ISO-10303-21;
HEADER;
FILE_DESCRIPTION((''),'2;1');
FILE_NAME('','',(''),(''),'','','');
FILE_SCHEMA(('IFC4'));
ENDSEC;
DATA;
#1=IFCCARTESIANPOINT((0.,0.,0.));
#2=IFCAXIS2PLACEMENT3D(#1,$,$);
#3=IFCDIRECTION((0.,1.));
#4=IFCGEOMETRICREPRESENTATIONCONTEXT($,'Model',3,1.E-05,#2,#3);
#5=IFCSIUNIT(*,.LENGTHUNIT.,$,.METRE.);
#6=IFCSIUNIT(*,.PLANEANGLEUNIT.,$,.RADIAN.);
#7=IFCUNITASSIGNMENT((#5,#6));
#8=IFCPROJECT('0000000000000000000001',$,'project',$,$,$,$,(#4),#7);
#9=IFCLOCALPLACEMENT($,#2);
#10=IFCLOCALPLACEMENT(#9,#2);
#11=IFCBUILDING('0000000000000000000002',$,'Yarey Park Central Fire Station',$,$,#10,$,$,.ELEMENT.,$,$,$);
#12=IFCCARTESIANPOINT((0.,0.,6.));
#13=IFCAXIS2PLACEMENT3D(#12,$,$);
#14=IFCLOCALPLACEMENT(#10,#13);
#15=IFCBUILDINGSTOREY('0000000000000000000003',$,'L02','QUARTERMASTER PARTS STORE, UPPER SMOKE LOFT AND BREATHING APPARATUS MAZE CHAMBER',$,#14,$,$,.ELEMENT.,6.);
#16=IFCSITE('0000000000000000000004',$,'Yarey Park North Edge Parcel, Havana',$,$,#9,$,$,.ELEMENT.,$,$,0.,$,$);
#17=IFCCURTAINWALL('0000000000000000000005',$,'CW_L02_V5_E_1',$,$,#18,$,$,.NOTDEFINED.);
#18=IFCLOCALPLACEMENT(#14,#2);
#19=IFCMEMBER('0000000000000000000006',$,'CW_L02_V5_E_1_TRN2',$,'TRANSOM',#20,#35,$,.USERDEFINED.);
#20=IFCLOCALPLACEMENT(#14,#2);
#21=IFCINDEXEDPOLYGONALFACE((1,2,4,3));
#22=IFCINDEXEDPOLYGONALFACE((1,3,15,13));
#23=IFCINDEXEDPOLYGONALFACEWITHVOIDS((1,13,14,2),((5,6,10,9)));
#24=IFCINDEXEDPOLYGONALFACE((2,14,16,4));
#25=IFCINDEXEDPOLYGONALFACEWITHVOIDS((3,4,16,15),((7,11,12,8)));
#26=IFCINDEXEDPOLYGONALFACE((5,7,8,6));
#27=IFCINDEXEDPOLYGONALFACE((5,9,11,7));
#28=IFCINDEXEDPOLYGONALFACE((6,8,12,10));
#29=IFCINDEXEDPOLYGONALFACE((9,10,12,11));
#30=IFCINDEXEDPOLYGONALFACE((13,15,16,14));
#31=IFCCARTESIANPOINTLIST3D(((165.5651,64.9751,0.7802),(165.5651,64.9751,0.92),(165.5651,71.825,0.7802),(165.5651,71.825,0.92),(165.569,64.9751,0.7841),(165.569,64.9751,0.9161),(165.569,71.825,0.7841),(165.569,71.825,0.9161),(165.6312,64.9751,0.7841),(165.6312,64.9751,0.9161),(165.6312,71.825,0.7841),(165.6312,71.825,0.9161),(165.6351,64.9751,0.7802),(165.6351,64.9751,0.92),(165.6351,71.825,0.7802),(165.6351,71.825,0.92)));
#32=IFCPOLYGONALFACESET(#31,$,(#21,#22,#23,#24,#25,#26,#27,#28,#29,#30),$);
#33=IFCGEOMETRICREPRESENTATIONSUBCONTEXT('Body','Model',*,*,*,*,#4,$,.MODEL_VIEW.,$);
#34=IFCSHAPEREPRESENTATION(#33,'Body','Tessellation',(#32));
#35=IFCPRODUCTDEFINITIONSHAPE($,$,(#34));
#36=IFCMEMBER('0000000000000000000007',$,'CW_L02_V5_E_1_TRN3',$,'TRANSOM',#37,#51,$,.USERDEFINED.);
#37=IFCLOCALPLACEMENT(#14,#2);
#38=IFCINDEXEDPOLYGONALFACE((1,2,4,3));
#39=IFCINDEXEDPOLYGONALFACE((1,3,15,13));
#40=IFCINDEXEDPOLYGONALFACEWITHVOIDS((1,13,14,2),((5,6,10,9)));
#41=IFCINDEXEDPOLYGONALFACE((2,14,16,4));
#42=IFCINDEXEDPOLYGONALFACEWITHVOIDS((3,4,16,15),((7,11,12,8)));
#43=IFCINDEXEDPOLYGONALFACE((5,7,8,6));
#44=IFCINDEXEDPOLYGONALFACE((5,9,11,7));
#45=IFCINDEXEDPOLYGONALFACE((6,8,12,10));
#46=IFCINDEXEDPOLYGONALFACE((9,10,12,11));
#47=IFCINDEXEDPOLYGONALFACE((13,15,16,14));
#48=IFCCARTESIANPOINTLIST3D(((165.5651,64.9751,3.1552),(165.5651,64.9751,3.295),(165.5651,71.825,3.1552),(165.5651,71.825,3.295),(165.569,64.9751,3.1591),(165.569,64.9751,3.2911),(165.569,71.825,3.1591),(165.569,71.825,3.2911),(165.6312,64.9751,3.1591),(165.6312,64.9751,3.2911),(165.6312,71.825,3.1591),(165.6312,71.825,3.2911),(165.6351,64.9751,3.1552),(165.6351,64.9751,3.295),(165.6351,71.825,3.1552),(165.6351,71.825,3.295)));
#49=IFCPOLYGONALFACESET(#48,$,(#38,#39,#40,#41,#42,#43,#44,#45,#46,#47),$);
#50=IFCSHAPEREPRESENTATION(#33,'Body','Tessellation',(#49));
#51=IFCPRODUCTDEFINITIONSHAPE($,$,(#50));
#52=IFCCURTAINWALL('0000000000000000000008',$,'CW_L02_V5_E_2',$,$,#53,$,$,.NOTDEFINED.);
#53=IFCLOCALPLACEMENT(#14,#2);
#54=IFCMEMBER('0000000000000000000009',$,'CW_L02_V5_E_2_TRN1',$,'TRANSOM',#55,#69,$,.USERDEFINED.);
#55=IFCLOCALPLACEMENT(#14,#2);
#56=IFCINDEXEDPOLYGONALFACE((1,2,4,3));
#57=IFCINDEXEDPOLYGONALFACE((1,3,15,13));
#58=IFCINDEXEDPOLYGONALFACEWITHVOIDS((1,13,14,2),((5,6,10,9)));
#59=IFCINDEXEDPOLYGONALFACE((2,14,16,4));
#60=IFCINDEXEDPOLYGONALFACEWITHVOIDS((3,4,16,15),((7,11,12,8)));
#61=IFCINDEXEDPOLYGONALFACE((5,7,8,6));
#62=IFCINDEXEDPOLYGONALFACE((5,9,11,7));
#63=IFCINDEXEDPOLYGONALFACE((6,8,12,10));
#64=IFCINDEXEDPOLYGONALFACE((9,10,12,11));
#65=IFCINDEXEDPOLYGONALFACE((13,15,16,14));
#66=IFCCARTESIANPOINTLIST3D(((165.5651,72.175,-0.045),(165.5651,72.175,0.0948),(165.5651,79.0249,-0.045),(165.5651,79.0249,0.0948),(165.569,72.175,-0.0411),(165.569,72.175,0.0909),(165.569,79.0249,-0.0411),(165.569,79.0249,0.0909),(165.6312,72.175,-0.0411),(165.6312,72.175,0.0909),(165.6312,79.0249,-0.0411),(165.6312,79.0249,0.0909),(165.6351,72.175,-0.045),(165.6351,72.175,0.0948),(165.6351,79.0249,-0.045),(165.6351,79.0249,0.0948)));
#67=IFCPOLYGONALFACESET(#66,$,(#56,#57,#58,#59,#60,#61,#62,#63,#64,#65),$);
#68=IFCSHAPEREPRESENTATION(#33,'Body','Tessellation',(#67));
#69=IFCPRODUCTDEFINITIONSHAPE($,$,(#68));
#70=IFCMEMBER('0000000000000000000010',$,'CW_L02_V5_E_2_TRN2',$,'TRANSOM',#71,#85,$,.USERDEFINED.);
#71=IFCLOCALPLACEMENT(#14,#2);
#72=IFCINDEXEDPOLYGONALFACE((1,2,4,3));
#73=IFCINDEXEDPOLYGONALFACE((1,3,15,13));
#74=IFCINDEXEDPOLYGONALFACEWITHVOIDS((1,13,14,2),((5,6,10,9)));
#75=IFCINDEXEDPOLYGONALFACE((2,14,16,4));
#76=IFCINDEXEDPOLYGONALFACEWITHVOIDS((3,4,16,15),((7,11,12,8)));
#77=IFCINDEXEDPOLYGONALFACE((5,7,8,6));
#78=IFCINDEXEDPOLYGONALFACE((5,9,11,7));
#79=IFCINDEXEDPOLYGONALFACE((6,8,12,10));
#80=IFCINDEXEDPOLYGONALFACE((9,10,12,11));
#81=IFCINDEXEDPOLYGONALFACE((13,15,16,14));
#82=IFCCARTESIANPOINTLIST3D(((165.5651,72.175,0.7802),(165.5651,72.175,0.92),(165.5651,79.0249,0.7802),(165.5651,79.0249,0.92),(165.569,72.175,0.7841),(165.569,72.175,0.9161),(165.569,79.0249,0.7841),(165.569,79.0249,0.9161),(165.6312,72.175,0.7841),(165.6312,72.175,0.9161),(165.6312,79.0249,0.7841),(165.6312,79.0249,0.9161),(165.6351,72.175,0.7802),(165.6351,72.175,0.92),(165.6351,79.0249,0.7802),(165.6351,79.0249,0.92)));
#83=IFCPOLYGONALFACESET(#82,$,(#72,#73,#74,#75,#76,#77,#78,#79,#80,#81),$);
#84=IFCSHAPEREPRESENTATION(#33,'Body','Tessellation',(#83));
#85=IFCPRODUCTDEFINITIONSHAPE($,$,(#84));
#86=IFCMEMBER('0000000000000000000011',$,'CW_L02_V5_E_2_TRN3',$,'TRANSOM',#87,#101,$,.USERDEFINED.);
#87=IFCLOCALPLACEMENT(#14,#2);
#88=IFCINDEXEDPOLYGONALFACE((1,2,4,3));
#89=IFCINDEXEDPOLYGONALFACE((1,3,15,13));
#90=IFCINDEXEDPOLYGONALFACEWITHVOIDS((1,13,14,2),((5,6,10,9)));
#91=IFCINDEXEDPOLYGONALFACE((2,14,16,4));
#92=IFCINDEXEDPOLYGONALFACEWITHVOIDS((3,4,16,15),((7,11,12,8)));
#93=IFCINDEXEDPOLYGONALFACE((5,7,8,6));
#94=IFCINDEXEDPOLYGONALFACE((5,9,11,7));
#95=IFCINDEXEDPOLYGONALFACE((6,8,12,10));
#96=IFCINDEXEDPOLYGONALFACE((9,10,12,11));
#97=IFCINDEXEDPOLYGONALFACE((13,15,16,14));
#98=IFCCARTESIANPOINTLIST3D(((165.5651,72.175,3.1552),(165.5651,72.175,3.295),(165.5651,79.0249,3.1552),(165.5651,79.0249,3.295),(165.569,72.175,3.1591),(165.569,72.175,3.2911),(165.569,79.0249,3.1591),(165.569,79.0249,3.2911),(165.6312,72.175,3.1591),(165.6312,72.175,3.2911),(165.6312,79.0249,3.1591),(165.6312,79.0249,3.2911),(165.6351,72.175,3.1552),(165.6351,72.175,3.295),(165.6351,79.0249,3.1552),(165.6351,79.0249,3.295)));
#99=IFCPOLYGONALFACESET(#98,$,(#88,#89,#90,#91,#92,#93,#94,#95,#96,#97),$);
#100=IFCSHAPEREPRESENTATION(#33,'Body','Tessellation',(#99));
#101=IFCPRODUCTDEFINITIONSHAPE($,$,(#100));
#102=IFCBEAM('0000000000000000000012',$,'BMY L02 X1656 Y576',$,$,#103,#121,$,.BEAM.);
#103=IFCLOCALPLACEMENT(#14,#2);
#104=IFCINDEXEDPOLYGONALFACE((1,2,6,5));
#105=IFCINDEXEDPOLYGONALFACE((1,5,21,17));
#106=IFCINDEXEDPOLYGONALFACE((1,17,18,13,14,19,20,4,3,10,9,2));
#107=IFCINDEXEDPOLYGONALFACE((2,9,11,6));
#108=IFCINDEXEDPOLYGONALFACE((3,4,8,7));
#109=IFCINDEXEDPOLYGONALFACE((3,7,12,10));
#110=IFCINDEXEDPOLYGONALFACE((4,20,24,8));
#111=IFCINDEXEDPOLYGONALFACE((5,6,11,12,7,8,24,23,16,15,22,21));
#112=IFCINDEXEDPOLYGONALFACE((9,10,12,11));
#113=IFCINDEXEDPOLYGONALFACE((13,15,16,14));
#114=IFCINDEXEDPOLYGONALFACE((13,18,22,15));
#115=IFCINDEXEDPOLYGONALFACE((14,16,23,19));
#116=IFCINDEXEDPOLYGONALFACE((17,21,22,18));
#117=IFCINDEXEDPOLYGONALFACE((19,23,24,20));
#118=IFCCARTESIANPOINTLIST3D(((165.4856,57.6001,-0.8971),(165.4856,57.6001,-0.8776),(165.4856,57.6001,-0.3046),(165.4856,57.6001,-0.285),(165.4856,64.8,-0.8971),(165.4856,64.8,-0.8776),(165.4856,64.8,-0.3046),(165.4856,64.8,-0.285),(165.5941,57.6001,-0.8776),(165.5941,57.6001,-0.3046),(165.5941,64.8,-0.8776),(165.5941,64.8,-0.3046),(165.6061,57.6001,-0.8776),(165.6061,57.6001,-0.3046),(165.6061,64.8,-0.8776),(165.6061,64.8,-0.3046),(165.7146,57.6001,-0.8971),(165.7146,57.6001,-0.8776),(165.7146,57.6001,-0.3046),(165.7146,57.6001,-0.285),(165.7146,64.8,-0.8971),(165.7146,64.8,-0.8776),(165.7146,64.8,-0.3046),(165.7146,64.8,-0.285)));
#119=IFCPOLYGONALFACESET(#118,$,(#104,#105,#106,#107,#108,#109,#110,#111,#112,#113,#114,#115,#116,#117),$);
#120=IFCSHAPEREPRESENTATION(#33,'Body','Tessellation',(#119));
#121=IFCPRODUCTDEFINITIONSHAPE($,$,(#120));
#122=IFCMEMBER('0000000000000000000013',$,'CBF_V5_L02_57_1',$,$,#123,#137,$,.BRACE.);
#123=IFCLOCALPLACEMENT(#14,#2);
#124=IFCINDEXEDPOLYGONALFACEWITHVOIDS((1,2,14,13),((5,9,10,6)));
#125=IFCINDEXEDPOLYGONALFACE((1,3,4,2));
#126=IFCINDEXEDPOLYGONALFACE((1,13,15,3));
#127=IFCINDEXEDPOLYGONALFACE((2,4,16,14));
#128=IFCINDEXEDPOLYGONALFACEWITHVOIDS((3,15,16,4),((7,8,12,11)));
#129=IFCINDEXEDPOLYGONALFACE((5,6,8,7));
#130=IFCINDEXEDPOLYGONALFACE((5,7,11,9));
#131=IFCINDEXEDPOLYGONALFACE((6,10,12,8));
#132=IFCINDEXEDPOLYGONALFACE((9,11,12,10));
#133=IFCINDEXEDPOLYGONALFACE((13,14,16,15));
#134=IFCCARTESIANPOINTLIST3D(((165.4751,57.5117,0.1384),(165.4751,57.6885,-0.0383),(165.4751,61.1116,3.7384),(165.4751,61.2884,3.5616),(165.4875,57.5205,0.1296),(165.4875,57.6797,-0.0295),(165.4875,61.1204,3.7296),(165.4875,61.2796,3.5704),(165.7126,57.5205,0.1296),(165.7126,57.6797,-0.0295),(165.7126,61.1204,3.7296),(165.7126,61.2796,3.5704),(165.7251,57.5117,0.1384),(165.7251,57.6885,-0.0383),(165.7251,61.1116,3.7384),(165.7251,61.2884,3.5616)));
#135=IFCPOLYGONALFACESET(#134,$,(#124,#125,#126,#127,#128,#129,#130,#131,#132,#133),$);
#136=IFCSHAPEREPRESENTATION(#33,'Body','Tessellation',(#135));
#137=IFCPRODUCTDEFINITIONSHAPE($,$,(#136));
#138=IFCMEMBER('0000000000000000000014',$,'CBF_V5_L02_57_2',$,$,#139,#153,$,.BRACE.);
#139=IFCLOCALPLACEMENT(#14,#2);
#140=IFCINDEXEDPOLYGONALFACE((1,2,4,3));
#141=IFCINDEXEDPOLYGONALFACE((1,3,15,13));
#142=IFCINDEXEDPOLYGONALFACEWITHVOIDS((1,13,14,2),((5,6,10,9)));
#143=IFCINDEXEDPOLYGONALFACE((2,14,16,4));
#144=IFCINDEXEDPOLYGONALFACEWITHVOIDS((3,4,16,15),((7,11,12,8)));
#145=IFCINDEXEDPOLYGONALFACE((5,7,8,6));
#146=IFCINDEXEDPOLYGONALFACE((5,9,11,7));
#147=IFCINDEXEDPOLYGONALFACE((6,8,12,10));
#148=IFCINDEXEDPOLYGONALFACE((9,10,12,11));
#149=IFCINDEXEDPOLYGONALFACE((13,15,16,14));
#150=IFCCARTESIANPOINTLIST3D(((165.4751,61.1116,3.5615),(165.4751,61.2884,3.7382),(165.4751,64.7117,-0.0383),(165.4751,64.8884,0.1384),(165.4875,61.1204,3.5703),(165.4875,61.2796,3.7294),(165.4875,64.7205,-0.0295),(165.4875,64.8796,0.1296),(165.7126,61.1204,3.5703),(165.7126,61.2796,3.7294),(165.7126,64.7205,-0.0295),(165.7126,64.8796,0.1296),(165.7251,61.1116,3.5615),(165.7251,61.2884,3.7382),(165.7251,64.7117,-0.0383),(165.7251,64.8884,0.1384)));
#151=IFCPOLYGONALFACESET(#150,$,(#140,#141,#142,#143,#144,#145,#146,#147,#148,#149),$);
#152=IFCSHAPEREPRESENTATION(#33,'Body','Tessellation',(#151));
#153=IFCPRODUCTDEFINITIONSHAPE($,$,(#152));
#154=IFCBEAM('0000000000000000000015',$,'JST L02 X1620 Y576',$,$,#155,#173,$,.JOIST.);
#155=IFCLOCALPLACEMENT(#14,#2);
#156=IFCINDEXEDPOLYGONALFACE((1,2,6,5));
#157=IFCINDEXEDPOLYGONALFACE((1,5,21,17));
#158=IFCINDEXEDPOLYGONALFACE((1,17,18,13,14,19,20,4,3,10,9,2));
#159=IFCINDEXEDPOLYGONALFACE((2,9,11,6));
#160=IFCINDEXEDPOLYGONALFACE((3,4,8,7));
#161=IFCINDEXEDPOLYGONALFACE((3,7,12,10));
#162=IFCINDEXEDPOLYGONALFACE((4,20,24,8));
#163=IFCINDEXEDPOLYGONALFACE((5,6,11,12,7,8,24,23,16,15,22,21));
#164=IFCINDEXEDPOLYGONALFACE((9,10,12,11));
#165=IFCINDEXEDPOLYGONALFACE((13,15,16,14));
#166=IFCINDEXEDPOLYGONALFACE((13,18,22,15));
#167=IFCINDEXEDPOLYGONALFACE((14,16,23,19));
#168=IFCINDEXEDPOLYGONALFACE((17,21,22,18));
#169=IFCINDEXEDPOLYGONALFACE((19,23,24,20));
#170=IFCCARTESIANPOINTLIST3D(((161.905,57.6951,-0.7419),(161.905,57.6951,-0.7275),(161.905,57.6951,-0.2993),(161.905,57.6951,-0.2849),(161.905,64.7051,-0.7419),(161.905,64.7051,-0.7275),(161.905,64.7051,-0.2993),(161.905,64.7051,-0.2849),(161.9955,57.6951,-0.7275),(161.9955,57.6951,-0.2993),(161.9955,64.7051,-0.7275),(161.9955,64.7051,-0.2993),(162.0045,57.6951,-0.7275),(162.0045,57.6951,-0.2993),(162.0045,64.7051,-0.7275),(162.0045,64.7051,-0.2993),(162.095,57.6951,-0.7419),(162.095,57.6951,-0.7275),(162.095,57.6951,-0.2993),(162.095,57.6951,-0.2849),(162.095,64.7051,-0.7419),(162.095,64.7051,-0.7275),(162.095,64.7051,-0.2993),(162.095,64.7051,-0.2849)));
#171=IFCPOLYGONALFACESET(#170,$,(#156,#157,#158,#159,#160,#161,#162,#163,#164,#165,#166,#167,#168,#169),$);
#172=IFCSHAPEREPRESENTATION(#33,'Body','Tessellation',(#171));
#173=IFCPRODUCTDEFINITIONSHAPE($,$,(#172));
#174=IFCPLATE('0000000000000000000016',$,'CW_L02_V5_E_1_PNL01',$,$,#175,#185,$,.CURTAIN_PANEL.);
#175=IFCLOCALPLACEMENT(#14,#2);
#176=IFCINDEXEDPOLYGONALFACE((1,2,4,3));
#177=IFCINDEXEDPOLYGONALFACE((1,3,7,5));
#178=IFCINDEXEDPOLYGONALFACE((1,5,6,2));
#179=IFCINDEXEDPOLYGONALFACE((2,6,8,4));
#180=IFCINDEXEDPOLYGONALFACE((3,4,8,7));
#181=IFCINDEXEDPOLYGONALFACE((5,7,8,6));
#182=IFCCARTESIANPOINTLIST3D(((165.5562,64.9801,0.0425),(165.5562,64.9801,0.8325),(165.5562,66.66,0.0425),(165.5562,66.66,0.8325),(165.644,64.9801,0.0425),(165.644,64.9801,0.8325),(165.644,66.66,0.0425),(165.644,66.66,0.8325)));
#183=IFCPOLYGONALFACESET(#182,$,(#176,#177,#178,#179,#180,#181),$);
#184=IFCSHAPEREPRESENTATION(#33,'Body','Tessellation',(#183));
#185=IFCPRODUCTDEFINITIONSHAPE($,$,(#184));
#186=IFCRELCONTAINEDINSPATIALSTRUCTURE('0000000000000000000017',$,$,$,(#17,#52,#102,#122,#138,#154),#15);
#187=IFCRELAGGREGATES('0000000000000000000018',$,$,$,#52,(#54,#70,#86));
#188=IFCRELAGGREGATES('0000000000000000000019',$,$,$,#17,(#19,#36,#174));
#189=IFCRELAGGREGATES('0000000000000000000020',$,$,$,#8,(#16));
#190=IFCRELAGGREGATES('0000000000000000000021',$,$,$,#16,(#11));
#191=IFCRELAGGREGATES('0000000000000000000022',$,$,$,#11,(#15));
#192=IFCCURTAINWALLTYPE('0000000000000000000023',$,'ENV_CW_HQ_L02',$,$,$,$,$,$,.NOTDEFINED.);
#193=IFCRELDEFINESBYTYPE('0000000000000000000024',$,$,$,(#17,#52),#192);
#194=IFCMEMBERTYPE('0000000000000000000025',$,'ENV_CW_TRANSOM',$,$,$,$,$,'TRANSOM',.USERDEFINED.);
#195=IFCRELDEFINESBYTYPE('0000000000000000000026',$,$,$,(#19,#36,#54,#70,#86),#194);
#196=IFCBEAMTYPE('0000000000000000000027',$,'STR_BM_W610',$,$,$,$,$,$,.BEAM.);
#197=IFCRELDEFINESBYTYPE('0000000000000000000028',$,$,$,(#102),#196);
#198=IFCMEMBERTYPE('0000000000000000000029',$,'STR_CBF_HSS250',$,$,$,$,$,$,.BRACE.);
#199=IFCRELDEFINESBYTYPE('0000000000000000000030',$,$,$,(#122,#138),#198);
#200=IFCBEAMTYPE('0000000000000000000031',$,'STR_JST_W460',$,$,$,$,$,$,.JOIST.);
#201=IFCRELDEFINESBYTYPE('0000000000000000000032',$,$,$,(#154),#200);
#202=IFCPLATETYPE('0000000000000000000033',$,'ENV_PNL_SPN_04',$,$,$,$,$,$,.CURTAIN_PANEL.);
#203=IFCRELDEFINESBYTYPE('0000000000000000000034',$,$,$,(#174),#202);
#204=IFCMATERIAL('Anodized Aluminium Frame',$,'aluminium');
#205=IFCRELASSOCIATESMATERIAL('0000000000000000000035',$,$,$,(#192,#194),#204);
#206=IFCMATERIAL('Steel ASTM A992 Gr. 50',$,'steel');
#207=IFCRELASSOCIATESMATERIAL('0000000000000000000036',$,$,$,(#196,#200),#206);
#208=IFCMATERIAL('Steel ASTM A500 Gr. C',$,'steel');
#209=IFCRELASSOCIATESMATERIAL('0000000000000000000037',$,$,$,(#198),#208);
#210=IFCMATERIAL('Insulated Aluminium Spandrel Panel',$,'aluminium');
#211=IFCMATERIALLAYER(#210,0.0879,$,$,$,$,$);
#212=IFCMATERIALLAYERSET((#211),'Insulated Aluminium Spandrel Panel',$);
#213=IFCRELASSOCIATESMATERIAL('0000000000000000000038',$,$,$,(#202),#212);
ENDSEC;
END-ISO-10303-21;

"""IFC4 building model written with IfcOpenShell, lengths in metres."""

from ifc_helpers import new_model, si_unit, direction, frame, origin, origin_2d, place, context, subcontext, project, spatial, rectangle, hollow_rectangle, i_section, extrude, material, layer, layer_set, material_profile, profile_set, type_object, element, aggregate, save


model = new_model("IFC4")

# Units and contexts
model_context = context("Model", 3, precision=1e-05, world=origin(), true_north=direction((0.0, 1.0)))
body_context = subcontext(model_context, "Body", "Model", "MODEL_VIEW")
ifc_project = project(units=[si_unit("LENGTHUNIT", "METRE"), si_unit("PLANEANGLEUNIT", "RADIAN")], contexts=[model_context])

# Site, building, storey
site_placement = place(None, origin())
site = spatial("IfcSite", under=ifc_project, at=site_placement, Name="Yarey Park North Edge Parcel, Havana", CompositionType="ELEMENT", RefElevation=0.0)
building_placement = place(site_placement, origin())
building = spatial("IfcBuilding", under=site, at=building_placement, Name="Yarey Park Central Fire Station", CompositionType="ELEMENT")
storey_placement = place(building_placement, frame((0.0, 0.0, 6.0)))
storey = spatial("IfcBuildingStorey", under=building, at=storey_placement, Name="L02", Description="QUARTERMASTER PARTS STORE, UPPER SMOKE LOFT AND BREATHING APPARATUS MAZE CHAMBER", CompositionType="ELEMENT", Elevation=6.0)

# Shared definitions
ifc_material_1 = material(Name="Steel ASTM A992 Gr. 50", Category="steel")

# Curtain walls, members
ifc_material_2 = material(Name="Anodized Aluminium Frame", Category="aluminium")
curtain_wall_type = type_object("IfcCurtainWallType", Name="ENV_CW_HQ_L02", PredefinedType="NOTDEFINED", material=ifc_material_2)
curtain_wall_1_placement = place(storey_placement, origin())
curtain_wall_1 = element("IfcCurtainWall", 1, at=curtain_wall_1_placement, inside=storey, type_object=curtain_wall_type, Name="CW_L02_V5_E_1", PredefinedType="NOTDEFINED")
ifc_material_profile_1 = material_profile(ifc_material_2, hollow_rectangle(XDim=0.0701, YDim=0.1399, WallThickness=0.0039, at=origin_2d()), Name="ALU 140x70x4")
ifc_profile_set_1 = profile_set([ifc_material_profile_1], Name="Anodized Aluminium Frame")
member_type_1 = type_object("IfcMemberType", Name="ENV_CW_TRANSOM", ElementType="TRANSOM", PredefinedType="USERDEFINED", material=ifc_profile_set_1)
member_1_placement = place(storey_placement, frame((165.6001, 64.9751, 0.8501), z_axis=(0.0, 1.0, 0.0), x_axis=(-1.0, 0.0, 0.0)))
member_1 = element("IfcMember", 2, at=member_1_placement, type_object=member_type_1, Name="CW_L02_V5_E_1_TRN2", ObjectType="TRANSOM", PredefinedType="USERDEFINED", context=body_context, shape_type="SweptSolid", body=[
    extrude(hollow_rectangle(XDim=0.0701, YDim=0.1399, WallThickness=0.0039, at=origin_2d()), origin(), (0.0, 0.0, 1.0), 6.8499),
])
member_2_placement = place(storey_placement, frame((165.6001, 64.9751, 3.2251), z_axis=(0.0, 1.0, 0.0), x_axis=(-1.0, 0.0, 0.0)))
member_2 = element("IfcMember", 3, at=member_2_placement, type_object=member_type_1, Name="CW_L02_V5_E_1_TRN3", ObjectType="TRANSOM", PredefinedType="USERDEFINED", context=body_context, shape_type="SweptSolid", body=[
    extrude(hollow_rectangle(XDim=0.0701, YDim=0.1399, WallThickness=0.0039, at=origin_2d()), origin(), (0.0, 0.0, 1.0), 6.8499),
])
curtain_wall_2_placement = place(storey_placement, origin())
curtain_wall_2 = element("IfcCurtainWall", 4, at=curtain_wall_2_placement, inside=storey, type_object=curtain_wall_type, Name="CW_L02_V5_E_2", PredefinedType="NOTDEFINED")
member_3_placement = place(storey_placement, frame((165.6001, 72.175, 0.0249), z_axis=(0.0, 1.0, 0.0), x_axis=(-1.0, 0.0, 0.0)))
member_3 = element("IfcMember", 5, at=member_3_placement, type_object=member_type_1, Name="CW_L02_V5_E_2_TRN1", ObjectType="TRANSOM", PredefinedType="USERDEFINED", context=body_context, shape_type="SweptSolid", body=[
    extrude(hollow_rectangle(XDim=0.0701, YDim=0.1399, WallThickness=0.0039, at=origin_2d()), origin(), (0.0, 0.0, 1.0), 6.8499),
])
member_4_placement = place(storey_placement, frame((165.6001, 72.175, 0.8501), z_axis=(0.0, 1.0, 0.0), x_axis=(-1.0, 0.0, 0.0)))
member_4 = element("IfcMember", 6, at=member_4_placement, type_object=member_type_1, Name="CW_L02_V5_E_2_TRN2", ObjectType="TRANSOM", PredefinedType="USERDEFINED", context=body_context, shape_type="SweptSolid", body=[
    extrude(hollow_rectangle(XDim=0.0701, YDim=0.1399, WallThickness=0.0039, at=origin_2d()), origin(), (0.0, 0.0, 1.0), 6.8499),
])
member_5_placement = place(storey_placement, frame((165.6001, 72.175, 3.2251), z_axis=(0.0, 1.0, 0.0), x_axis=(-1.0, 0.0, 0.0)))
member_5 = element("IfcMember", 7, at=member_5_placement, type_object=member_type_1, Name="CW_L02_V5_E_2_TRN3", ObjectType="TRANSOM", PredefinedType="USERDEFINED", context=body_context, shape_type="SweptSolid", body=[
    extrude(hollow_rectangle(XDim=0.0701, YDim=0.1399, WallThickness=0.0039, at=origin_2d()), origin(), (0.0, 0.0, 1.0), 6.8499),
])
aggregate(curtain_wall_2, [member_3, member_4, member_5])

# Beam
ifc_material_profile_2 = material_profile(ifc_material_1, i_section(OverallWidth=0.229, OverallDepth=0.6121, WebThickness=0.012, FlangeThickness=0.0195, at=origin_2d()), Name="W610x125")
ifc_profile_set_2 = profile_set([ifc_material_profile_2], Name="Steel ASTM A992 Gr. 50")
beam_type_1 = type_object("IfcBeamType", Name="STR_BM_W610", PredefinedType="BEAM", material=ifc_profile_set_2)
beam_1_placement = place(storey_placement, frame((165.6001, 57.6001, -0.5911), z_axis=(0.0, 1.0, 0.0), x_axis=(-1.0, 0.0, 0.0)))
element("IfcBeam", 8, at=beam_1_placement, inside=storey, type_object=beam_type_1, Name="BMY L02 X1656 Y576", PredefinedType="BEAM", context=body_context, shape_type="SweptSolid", body=[
    extrude(i_section(OverallWidth=0.229, OverallDepth=0.6121, WebThickness=0.012, FlangeThickness=0.0195, at=origin_2d()), origin(), (0.0, 0.0, 1.0), 7.2),
])

# Members
ifc_material_3 = material(Name="Steel ASTM A500 Gr. C", Category="steel")
ifc_material_profile_3 = material_profile(ifc_material_3, hollow_rectangle(XDim=0.25, YDim=0.25, WallThickness=0.0125, at=origin_2d()), Name="HSS 250x250x12.5")
ifc_profile_set_3 = profile_set([ifc_material_profile_3], Name="Steel ASTM A500 Gr. C")
member_type_2 = type_object("IfcMemberType", Name="STR_CBF_HSS250", PredefinedType="BRACE", material=ifc_profile_set_3)
for number, where, z_axis, x_axis, name in (
    (9, (165.6001, 57.6001, 0.05), (0.0, 0.707107, 0.707107), (-1.0, 0.0, 0.0), "CBF_V5_L02_57_1"),
    (10, (165.6001, 64.8, 0.05), (0.0, -0.707131, 0.707083), (1.0, 0.0, 0.0), "CBF_V5_L02_57_2"),
):
    element("IfcMember", number, at=place(storey_placement, frame(where, z_axis=z_axis, x_axis=x_axis)), inside=storey, type_object=member_type_2, Name=name, PredefinedType="BRACE", context=body_context, shape_type="SweptSolid", body=[
        extrude(hollow_rectangle(XDim=0.25, YDim=0.25, WallThickness=0.0125, at=origin_2d()), origin(), (0.0, 0.0, 1.0), 5.0911),
    ])

# Beam
ifc_material_profile_4 = material_profile(ifc_material_1, i_section(OverallWidth=0.1899, OverallDepth=0.457, WebThickness=0.009, FlangeThickness=0.0144, at=origin_2d()), Name="W460x74")
ifc_profile_set_4 = profile_set([ifc_material_profile_4], Name="Steel ASTM A992 Gr. 50")
beam_type_2 = type_object("IfcBeamType", Name="STR_JST_W460", PredefinedType="JOIST", material=ifc_profile_set_4)
beam_2_placement = place(storey_placement, frame((162.0, 57.6951, -0.5134), z_axis=(0.0, 1.0, 0.0), x_axis=(-1.0, 0.0, 0.0)))
element("IfcBeam", 11, at=beam_2_placement, inside=storey, type_object=beam_type_2, Name="JST L02 X1620 Y576", PredefinedType="JOIST", context=body_context, shape_type="SweptSolid", body=[
    extrude(i_section(OverallWidth=0.1899, OverallDepth=0.457, WebThickness=0.009, FlangeThickness=0.0144, at=origin_2d()), origin(), (0.0, 0.0, 1.0), 7.01),
])

# Plate
ifc_material_4 = material(Name="Insulated Aluminium Spandrel Panel", Category="aluminium")
ifc_layer_1 = layer(ifc_material_4, 0.0879)
ifc_layer_set_1 = layer_set([ifc_layer_1], Name="Insulated Aluminium Spandrel Panel")
plate_type_1 = type_object("IfcPlateType", Name="ENV_PNL_SPN_04", PredefinedType="CURTAIN_PANEL", material=ifc_layer_set_1)
plate_1_placement = place(storey_placement, frame((165.6001, 65.8201, 0.0425), z_axis=(0.0, 0.0, 1.0), x_axis=(0.0, 1.0, 0.0)))
plate_1 = element("IfcPlate", 12, at=plate_1_placement, type_object=plate_type_1, Name="CW_L02_V5_E_1_PNL01", PredefinedType="CURTAIN_PANEL", context=body_context, shape_type="SweptSolid", body=[
    extrude(rectangle(XDim=1.6799, YDim=0.0879, at=origin_2d()), origin(), (0.0, 0.0, 1.0), 0.79),
])
aggregate(curtain_wall_1, [member_1, member_2, plate_1])

save(model, "model.ifc")
